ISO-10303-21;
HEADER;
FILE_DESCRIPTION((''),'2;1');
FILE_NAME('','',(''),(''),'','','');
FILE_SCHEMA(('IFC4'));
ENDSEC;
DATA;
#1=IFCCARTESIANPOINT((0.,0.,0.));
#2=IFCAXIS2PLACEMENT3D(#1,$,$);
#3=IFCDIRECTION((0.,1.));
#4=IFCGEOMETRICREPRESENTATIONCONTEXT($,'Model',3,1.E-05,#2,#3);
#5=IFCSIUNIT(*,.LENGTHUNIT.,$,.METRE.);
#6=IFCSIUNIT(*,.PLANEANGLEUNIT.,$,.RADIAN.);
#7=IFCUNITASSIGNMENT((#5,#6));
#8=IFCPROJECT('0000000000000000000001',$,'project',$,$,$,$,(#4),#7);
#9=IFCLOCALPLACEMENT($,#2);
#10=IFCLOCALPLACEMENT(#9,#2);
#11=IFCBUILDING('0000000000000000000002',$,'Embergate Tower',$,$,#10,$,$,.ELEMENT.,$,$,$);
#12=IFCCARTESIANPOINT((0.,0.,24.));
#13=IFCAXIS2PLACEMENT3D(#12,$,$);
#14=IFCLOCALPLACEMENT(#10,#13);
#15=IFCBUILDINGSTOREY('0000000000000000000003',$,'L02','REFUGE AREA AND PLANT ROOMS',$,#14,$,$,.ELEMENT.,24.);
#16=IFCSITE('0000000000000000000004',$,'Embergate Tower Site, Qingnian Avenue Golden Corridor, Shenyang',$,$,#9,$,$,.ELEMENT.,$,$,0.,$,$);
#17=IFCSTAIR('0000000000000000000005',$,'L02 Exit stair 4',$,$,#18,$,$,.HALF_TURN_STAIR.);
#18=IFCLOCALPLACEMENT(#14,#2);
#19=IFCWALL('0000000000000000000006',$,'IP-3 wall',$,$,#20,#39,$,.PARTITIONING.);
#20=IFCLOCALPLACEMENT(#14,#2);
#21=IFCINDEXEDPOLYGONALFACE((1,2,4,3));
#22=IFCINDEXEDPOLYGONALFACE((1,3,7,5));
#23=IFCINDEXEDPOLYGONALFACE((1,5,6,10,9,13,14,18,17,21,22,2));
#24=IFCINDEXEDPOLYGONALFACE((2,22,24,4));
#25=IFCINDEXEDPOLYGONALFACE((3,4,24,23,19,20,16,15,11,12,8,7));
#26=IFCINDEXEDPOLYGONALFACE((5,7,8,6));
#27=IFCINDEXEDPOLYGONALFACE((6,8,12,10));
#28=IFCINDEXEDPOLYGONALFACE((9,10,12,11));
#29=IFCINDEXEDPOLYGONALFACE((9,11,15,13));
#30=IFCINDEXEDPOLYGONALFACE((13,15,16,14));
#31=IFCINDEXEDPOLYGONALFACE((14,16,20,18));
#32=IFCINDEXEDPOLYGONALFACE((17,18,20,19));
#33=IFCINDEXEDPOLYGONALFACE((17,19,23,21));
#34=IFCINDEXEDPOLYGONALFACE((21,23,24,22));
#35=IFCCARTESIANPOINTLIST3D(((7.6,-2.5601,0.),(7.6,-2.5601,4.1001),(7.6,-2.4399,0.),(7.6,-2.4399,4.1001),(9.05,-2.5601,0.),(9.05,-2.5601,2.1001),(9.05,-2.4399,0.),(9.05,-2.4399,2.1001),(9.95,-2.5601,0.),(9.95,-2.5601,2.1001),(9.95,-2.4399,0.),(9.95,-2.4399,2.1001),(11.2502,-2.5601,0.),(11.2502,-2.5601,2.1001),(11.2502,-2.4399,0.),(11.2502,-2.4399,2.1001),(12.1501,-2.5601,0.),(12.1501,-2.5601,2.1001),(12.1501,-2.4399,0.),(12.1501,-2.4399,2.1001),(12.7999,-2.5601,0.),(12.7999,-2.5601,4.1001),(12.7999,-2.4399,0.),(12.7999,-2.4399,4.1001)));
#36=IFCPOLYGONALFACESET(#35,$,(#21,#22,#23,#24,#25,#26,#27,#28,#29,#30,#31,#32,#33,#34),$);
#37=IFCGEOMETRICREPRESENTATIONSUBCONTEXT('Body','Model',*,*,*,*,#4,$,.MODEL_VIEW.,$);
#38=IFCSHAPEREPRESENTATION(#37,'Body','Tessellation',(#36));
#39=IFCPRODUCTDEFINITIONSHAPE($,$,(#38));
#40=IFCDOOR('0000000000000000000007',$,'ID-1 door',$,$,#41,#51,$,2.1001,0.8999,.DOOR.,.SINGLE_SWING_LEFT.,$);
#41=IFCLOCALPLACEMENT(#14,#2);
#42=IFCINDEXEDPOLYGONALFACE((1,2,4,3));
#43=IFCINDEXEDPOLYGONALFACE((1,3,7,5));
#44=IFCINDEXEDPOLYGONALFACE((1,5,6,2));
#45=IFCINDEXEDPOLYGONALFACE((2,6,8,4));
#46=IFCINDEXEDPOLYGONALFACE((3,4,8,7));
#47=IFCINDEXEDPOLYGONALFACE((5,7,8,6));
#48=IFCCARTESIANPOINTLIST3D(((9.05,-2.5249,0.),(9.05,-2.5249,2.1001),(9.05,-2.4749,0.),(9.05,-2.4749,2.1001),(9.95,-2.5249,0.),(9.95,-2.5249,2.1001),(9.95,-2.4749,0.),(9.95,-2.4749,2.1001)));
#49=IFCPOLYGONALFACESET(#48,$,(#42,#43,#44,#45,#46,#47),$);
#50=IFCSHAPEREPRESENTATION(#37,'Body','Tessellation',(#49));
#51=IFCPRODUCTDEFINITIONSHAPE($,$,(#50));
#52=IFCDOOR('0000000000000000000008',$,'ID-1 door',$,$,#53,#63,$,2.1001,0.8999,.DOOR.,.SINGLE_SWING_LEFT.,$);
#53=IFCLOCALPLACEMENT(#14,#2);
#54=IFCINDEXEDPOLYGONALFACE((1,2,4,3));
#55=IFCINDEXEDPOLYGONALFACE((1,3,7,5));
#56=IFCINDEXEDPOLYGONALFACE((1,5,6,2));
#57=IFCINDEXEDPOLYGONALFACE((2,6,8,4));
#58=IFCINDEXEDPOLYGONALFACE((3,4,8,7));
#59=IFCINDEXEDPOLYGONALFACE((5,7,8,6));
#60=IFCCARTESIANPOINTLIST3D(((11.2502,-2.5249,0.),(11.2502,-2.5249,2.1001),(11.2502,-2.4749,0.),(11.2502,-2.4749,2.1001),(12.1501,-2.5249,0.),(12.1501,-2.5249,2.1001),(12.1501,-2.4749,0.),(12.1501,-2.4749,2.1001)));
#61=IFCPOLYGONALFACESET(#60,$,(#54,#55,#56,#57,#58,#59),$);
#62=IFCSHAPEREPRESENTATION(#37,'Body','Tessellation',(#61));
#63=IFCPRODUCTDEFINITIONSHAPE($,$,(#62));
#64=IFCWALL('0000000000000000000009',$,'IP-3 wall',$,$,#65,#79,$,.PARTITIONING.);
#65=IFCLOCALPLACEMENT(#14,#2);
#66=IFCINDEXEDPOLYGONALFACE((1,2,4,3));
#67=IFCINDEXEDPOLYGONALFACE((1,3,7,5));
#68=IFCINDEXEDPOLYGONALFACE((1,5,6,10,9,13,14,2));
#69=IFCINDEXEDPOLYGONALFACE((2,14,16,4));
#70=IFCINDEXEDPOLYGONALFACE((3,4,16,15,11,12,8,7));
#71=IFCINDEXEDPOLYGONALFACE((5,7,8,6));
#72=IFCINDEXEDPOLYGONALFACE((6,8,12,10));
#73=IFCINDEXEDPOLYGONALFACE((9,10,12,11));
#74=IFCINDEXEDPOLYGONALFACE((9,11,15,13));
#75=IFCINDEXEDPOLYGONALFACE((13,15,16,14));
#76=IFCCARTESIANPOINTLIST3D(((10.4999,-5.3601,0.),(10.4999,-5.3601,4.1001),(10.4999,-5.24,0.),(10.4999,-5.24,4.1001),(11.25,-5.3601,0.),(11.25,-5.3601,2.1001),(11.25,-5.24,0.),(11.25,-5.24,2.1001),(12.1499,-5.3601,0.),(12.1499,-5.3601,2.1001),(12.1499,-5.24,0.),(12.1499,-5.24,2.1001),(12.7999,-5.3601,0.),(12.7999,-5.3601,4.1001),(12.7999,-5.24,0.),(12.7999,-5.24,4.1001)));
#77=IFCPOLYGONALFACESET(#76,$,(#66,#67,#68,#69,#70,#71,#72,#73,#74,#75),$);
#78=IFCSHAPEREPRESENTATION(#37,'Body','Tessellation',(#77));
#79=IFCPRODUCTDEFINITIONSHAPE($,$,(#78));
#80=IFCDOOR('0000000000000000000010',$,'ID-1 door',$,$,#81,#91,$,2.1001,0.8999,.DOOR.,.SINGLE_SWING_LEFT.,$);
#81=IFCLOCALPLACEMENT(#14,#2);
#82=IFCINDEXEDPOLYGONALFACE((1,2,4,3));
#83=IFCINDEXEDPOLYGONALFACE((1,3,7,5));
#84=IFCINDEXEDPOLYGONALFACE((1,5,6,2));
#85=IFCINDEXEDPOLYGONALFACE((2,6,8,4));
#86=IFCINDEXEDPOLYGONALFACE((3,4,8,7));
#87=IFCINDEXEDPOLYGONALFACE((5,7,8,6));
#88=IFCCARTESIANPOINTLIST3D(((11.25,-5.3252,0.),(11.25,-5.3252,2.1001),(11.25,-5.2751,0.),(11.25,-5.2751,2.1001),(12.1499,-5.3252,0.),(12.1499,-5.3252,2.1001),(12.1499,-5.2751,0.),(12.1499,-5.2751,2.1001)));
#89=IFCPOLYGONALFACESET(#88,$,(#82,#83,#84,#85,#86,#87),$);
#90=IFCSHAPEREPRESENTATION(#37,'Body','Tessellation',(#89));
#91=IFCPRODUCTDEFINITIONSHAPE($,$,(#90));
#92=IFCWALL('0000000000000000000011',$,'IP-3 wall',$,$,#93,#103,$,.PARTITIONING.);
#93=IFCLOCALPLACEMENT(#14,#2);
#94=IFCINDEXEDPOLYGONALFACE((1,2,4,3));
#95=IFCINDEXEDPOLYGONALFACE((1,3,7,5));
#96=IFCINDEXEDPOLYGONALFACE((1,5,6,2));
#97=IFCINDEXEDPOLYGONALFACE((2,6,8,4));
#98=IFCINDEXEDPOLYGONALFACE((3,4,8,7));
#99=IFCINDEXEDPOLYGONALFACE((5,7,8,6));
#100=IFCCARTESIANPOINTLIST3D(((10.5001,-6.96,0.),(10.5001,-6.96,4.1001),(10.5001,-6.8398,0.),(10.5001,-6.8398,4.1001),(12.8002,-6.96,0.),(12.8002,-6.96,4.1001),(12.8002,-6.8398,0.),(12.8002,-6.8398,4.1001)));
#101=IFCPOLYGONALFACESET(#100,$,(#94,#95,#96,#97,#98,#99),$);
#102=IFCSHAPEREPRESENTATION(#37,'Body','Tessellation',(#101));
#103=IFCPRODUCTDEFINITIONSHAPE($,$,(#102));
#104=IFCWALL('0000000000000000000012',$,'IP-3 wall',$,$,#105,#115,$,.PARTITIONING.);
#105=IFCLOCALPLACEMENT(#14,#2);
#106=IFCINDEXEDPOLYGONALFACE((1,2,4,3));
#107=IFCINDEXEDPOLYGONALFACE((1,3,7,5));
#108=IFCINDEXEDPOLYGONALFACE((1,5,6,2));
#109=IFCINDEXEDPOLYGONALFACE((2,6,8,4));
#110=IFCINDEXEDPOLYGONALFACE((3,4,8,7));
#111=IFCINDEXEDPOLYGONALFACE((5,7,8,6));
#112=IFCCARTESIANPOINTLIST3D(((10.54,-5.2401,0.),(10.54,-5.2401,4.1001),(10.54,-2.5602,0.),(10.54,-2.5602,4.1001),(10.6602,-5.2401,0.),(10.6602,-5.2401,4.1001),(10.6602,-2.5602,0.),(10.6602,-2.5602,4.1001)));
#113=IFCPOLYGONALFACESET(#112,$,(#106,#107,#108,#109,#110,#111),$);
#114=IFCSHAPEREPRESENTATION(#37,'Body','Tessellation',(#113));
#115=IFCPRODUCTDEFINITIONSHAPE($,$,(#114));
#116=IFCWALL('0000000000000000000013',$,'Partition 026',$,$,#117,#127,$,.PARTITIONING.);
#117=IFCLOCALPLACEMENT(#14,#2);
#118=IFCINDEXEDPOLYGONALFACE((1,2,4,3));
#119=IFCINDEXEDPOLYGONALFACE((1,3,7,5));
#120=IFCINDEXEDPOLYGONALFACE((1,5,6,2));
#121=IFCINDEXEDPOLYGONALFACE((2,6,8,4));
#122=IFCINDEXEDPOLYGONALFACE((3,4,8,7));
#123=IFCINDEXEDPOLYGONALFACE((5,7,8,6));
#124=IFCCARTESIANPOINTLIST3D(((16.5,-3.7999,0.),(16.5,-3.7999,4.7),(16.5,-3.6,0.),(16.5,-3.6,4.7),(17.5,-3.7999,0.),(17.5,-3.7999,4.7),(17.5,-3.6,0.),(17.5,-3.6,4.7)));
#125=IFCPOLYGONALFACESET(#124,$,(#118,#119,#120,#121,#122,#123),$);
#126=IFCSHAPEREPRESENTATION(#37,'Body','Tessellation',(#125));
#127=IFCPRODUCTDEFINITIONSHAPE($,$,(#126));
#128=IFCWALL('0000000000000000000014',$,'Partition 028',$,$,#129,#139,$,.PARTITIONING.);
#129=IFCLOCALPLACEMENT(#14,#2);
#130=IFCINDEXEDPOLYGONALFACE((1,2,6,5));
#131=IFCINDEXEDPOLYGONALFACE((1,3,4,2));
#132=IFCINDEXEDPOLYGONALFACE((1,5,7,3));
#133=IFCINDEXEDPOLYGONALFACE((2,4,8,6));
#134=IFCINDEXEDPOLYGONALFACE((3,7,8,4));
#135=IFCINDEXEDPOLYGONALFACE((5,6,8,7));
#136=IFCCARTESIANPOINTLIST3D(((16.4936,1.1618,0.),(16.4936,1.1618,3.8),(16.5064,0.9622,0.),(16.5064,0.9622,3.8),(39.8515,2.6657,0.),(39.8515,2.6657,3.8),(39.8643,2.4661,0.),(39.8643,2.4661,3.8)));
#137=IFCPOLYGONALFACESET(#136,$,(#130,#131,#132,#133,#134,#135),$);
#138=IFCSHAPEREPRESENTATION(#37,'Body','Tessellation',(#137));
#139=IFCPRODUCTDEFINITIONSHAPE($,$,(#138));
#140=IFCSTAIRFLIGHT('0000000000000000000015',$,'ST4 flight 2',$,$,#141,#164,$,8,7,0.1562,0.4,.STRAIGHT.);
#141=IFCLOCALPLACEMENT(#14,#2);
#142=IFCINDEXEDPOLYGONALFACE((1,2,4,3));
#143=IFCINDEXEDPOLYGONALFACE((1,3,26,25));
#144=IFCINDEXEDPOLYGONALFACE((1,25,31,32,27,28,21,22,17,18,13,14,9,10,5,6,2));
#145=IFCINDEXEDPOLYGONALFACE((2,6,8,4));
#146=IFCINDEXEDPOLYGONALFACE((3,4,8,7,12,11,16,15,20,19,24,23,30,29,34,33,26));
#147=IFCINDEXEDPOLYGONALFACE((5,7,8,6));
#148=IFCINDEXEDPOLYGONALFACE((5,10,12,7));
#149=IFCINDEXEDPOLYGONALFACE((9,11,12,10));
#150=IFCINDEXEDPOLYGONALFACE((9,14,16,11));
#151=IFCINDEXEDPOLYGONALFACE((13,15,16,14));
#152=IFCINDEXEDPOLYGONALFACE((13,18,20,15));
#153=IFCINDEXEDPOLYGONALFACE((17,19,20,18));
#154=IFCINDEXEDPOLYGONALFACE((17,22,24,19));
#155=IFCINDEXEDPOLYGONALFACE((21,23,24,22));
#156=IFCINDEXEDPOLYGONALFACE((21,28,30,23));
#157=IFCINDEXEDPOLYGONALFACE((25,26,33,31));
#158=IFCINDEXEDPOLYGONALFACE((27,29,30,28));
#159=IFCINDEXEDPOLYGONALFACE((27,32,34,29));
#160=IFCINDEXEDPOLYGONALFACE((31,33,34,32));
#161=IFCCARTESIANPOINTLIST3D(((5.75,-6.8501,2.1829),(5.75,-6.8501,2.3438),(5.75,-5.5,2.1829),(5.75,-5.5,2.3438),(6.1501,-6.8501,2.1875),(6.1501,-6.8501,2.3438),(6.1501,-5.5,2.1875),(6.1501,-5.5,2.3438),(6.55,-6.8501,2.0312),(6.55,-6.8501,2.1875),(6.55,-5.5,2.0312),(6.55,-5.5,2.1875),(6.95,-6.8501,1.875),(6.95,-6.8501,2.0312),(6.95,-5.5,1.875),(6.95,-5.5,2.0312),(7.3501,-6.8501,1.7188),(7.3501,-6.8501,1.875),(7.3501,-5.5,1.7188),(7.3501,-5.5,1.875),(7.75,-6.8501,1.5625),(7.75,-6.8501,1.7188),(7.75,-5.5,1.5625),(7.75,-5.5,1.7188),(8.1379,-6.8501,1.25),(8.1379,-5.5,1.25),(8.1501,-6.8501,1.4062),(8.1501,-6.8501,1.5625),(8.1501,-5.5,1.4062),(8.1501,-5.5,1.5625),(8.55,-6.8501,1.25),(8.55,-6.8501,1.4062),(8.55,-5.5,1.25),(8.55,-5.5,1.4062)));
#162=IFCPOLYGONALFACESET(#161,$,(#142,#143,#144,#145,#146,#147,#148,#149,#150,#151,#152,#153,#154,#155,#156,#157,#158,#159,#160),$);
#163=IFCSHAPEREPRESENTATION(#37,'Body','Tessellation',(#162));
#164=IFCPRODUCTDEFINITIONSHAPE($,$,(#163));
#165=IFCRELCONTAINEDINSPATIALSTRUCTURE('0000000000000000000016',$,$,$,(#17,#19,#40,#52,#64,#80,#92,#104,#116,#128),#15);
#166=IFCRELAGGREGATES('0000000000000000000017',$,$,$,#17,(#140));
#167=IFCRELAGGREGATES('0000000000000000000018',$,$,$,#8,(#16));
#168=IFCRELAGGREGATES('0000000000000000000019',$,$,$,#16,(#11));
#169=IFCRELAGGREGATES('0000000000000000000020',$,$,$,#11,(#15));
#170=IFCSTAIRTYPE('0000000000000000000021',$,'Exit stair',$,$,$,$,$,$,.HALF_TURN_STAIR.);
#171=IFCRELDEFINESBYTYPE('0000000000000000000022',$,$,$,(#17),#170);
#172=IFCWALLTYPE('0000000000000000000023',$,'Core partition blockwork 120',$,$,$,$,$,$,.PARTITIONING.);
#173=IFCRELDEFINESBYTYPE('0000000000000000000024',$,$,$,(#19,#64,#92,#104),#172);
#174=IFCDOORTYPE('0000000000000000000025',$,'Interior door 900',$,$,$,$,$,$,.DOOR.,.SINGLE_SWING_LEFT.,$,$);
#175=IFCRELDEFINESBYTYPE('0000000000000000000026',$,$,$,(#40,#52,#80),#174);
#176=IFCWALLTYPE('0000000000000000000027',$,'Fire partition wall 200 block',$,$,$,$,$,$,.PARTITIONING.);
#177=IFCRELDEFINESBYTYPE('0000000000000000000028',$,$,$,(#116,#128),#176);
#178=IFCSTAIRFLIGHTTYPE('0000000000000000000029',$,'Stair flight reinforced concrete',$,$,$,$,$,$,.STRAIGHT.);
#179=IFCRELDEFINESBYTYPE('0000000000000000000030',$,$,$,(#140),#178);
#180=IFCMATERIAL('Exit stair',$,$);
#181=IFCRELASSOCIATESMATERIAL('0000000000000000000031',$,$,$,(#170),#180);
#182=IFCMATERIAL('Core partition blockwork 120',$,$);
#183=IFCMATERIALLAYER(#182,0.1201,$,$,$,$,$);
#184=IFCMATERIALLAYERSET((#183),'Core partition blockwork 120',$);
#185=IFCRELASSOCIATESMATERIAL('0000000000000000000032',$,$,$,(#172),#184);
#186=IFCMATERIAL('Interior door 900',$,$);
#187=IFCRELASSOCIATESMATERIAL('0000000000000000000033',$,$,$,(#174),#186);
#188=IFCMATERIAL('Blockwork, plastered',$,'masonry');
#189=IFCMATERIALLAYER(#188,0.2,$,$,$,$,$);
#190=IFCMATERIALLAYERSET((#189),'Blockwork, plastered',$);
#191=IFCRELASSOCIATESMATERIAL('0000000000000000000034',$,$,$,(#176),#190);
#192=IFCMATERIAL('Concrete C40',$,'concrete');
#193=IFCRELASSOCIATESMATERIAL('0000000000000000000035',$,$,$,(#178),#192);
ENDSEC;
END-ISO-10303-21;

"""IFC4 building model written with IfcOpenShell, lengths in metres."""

from ifc_helpers import new_model, si_unit, direction, frame, frame_2d, origin, place, context, subcontext, project, spatial, polyline, rectangle, outline, extrude, source, transform, mapped, material, layer, layer_set, type_object, element, fill, aggregate, save


model = new_model("IFC4")

# Units and contexts
model_context = context("Model", 3, precision=1e-05, world=origin(), true_north=direction((0.0, 1.0)))
body_context = subcontext(model_context, "Body", "Model", "MODEL_VIEW")
ifc_project = project(units=[si_unit("LENGTHUNIT", "METRE"), si_unit("PLANEANGLEUNIT", "RADIAN")], contexts=[model_context])

# Site, building, storey
site_placement = place(None, origin())
site = spatial("IfcSite", under=ifc_project, at=site_placement, Name="Embergate Tower Site, Qingnian Avenue Golden Corridor, Shenyang", CompositionType="ELEMENT", RefElevation=0.0)
building_placement = place(site_placement, origin())
building = spatial("IfcBuilding", under=site, at=building_placement, Name="Embergate Tower", CompositionType="ELEMENT")
storey_placement = place(building_placement, frame((0.0, 0.0, 24.0)))
storey = spatial("IfcBuildingStorey", under=building, at=storey_placement, Name="L02", Description="REFUGE AREA AND PLANT ROOMS", CompositionType="ELEMENT", Elevation=24.0)

# Stair
ifc_material_1 = material(Name="Exit stair")
stair_type = type_object("IfcStairType", Name="Exit stair", PredefinedType="HALF_TURN_STAIR", material=ifc_material_1)
stair_placement = place(storey_placement, origin())
stair = element("IfcStair", 1, at=stair_placement, inside=storey, type_object=stair_type, Name="L02 Exit stair 4", PredefinedType="HALF_TURN_STAIR")
ifc_material_2 = material(Name="Concrete C40", Category="concrete")

# Shared definitions
ifc_material_3 = material(Name="Core partition blockwork 120")
ifc_layer_1 = layer(ifc_material_3, 0.1201)
ifc_layer_set_1 = layer_set([ifc_layer_1], Name="Core partition blockwork 120")
wall_type_1 = type_object("IfcWallType", Name="Core partition blockwork 120", PredefinedType="PARTITIONING", material=ifc_layer_set_1)
shared_shape_1 = source(origin(), body_context, "Body", "SweptSolid", [
    extrude(rectangle(XDim=0.8999, YDim=2.1001, at=frame_2d((0.45, 1.05))), frame((0.0, 0.0701, 0.0), z_axis=(0.0, -1.0, 0.0), x_axis=(1.0, 0.0, 0.0)), (0.0, 0.0, 1.0), 0.1401),
])
ifc_material_4 = material(Name="Interior door 900")
door_type_1 = type_object("IfcDoorType", Name="Interior door 900", OperationType="SINGLE_SWING_LEFT", PredefinedType="DOOR", material=ifc_material_4)
shared_shape_2 = source(origin(), body_context, "Body", "SweptSolid", [
    extrude(rectangle(XDim=0.8999, YDim=2.1001, at=frame_2d((0.45, 1.05))), frame((0.0, 0.0249, 0.0), z_axis=(0.0, -1.0, 0.0), x_axis=(1.0, 0.0, 0.0)), (0.0, 0.0, 1.0), 0.05),
])

# Wall, openings, doors
shared_shape_3 = source(origin(), body_context, "Body", "SweptSolid", [
    extrude(rectangle(XDim=5.2, YDim=0.1201, at=frame_2d((2.6001, 0.0))), origin(), (0.0, 0.0, 1.0), 4.1001),
])
wall_1_placement = place(storey_placement, frame((12.8, -2.5, 0.0), z_axis=(0.0, 0.0, 1.0), x_axis=(-1.0, 0.0, 0.0)))
wall_1 = element("IfcWall", 2, at=wall_1_placement, inside=storey, type_object=wall_type_1, Name="IP-3 wall", PredefinedType="PARTITIONING", context=body_context, shape_type="MappedRepresentation", body=[
    mapped(shared_shape_3, transform((0.0, 0.0, 0.0))),
])
opening_1_placement = place(wall_1_placement, frame((2.8501, 0.0, 0.0)))
opening_1 = element("IfcOpeningElement", 3, at=opening_1_placement, cuts=wall_1, PredefinedType="OPENING", context=body_context, shape_type="MappedRepresentation", body=[
    mapped(shared_shape_1, transform((0.0, 0.0, 0.0))),
])
opening_2_placement = place(wall_1_placement, frame((0.6499, 0.0, 0.0)))
opening_2 = element("IfcOpeningElement", 4, at=opening_2_placement, cuts=wall_1, PredefinedType="OPENING", context=body_context, shape_type="MappedRepresentation", body=[
    mapped(shared_shape_1, transform((0.0, 0.0, 0.0))),
])
door_1_placement = place(opening_1_placement, origin())
door_1 = element("IfcDoor", 5, at=door_1_placement, inside=storey, type_object=door_type_1, Name="ID-1 door", OperationType="SINGLE_SWING_LEFT", OverallHeight=2.1001, OverallWidth=0.8999, PredefinedType="DOOR", context=body_context, shape_type="MappedRepresentation", body=[
    mapped(shared_shape_2, transform((0.0, 0.0, 0.0))),
])
fill(opening_1, door_1)
door_2_placement = place(opening_2_placement, origin())
door_2 = element("IfcDoor", 6, at=door_2_placement, inside=storey, type_object=door_type_1, Name="ID-1 door", OperationType="SINGLE_SWING_LEFT", OverallHeight=2.1001, OverallWidth=0.8999, PredefinedType="DOOR", context=body_context, shape_type="MappedRepresentation", body=[
    mapped(shared_shape_2, transform((0.0, 0.0, 0.0))),
])
fill(opening_2, door_2)

# Wall, opening, door
shared_shape_4 = source(origin(), body_context, "Body", "SweptSolid", [
    extrude(rectangle(XDim=2.3, YDim=0.1201, at=frame_2d((1.1499, 0.0))), origin(), (0.0, 0.0, 1.0), 4.1001),
])
wall_2_placement = place(storey_placement, frame((10.5, -5.3, 0.0), z_axis=(0.0, 0.0, 1.0), x_axis=(1.0, 0.0, 0.0)))
wall_2 = element("IfcWall", 7, at=wall_2_placement, inside=storey, type_object=wall_type_1, Name="IP-3 wall", PredefinedType="PARTITIONING", context=body_context, shape_type="MappedRepresentation", body=[
    mapped(shared_shape_4, transform((0.0, 0.0, 0.0))),
])
opening_3_placement = place(wall_2_placement, frame((0.75, 0.0, 0.0)))
opening_3 = element("IfcOpeningElement", 8, at=opening_3_placement, cuts=wall_2, PredefinedType="OPENING", context=body_context, shape_type="MappedRepresentation", body=[
    mapped(shared_shape_1, transform((0.0, 0.0, 0.0))),
])
door_3_placement = place(opening_3_placement, origin())
door_3 = element("IfcDoor", 9, at=door_3_placement, inside=storey, type_object=door_type_1, Name="ID-1 door", OperationType="SINGLE_SWING_LEFT", OverallHeight=2.1001, OverallWidth=0.8999, PredefinedType="DOOR", context=body_context, shape_type="MappedRepresentation", body=[
    mapped(shared_shape_2, transform((0.0, 0.0, 0.0))),
])
fill(opening_3, door_3)

# Walls
wall_3_placement = place(storey_placement, frame((12.8, -6.8999, 0.0), z_axis=(0.0, 0.0, 1.0), x_axis=(-1.0, 0.0, 0.0)))
element("IfcWall", 10, at=wall_3_placement, inside=storey, type_object=wall_type_1, Name="IP-3 wall", PredefinedType="PARTITIONING", context=body_context, shape_type="MappedRepresentation", body=[
    mapped(shared_shape_4, transform((0.0, 0.0, 0.0))),
])
shared_shape_5 = source(origin(), body_context, "Body", "SweptSolid", [
    extrude(rectangle(XDim=2.6799, YDim=0.1201, at=frame_2d((1.3398, 0.0))), origin(), (0.0, 0.0, 1.0), 4.1001),
])
wall_4_placement = place(storey_placement, frame((10.6001, -5.24, 0.0), z_axis=(0.0, 0.0, 1.0), x_axis=(0.0, 1.0, 0.0)))
element("IfcWall", 11, at=wall_4_placement, inside=storey, type_object=wall_type_1, Name="IP-3 wall", PredefinedType="PARTITIONING", context=body_context, shape_type="MappedRepresentation", body=[
    mapped(shared_shape_5, transform((0.0, 0.0, 0.0))),
])
ifc_material_5 = material(Name="Blockwork, plastered", Category="masonry")
ifc_layer_2 = layer(ifc_material_5, 0.2)
ifc_layer_set_2 = layer_set([ifc_layer_2], Name="Blockwork, plastered")
wall_type_2 = type_object("IfcWallType", Name="Fire partition wall 200 block", PredefinedType="PARTITIONING", material=ifc_layer_set_2)
shared_shape_6 = source(origin(), body_context, "Body", "SweptSolid", [
    extrude(rectangle(XDim=1.0, YDim=0.2, at=frame_2d((0.5, 0.0))), origin(), (0.0, 0.0, 1.0), 4.7),
])
wall_5_placement = place(storey_placement, frame((16.5, -3.7, 0.0), z_axis=(0.0, 0.0, 1.0), x_axis=(1.0, 0.0, 0.0)))
element("IfcWall", 12, at=wall_5_placement, inside=storey, type_object=wall_type_2, Name="Partition 026", PredefinedType="PARTITIONING", context=body_context, shape_type="MappedRepresentation", body=[
    mapped(shared_shape_6, transform((0.0, 0.0, 0.0))),
])
shared_shape_7 = source(origin(), body_context, "Body", "SweptSolid", [
    extrude(rectangle(XDim=23.4062, YDim=0.2, at=frame_2d((11.7031, 0.0))), origin(), (0.0, 0.0, 1.0), 3.8),
])
wall_6_placement = place(storey_placement, frame((16.5, 1.062, 0.0), z_axis=(0.0, 0.0, 1.0), x_axis=(0.997934, 0.064252, 0.0)))
element("IfcWall", 13, at=wall_6_placement, inside=storey, type_object=wall_type_2, Name="Partition 028", PredefinedType="PARTITIONING", context=body_context, shape_type="MappedRepresentation", body=[
    mapped(shared_shape_7, transform((0.0, 0.0, 0.0))),
])

# Stair flight
stair_flight_type = type_object("IfcStairFlightType", Name="Stair flight reinforced concrete", PredefinedType="STRAIGHT", material=ifc_material_2)
shared_shape_8 = source(origin(), body_context, "Body", "SweptSolid", [
    extrude(outline(polyline([(0.0, 0.0), (0.0, 0.1562), (0.3999, 0.1562), (0.3999, 0.3125), (0.8, 0.3125), (0.8, 0.4688), (1.2, 0.4688), (1.2, 0.625), (1.6001, 0.625), (1.6001, 0.7812), (2.0, 0.7812), (2.0, 0.9375), (2.3999, 0.9375), (2.3999, 1.0938), (2.8, 1.0938), (2.8, 1.25), (2.8, 0.9329), (0.4121, 0.0), (0.0, 0.0)])), frame((0.0, 0.675, 0.0), z_axis=(0.0, -1.0, 0.0), x_axis=(1.0, 0.0, 0.0)), (0.0, 0.0, 1.0), 1.3501),
])
stair_flight_1_placement = place(storey_placement, frame((8.55, -6.175, 1.25), z_axis=(0.0, 0.0, 1.0), x_axis=(-1.0, 0.0, 0.0)))
stair_flight_1 = element("IfcStairFlight", 14, at=stair_flight_1_placement, type_object=stair_flight_type, Name="ST4 flight 2", NumberOfRisers=8, NumberOfTreads=7, PredefinedType="STRAIGHT", RiserHeight=0.1562, TreadLength=0.4, context=body_context, shape_type="MappedRepresentation", body=[
    mapped(shared_shape_8, transform((0.0, 0.0, 0.0))),
])
aggregate(stair, [stair_flight_1])

save(model, "model.ifc")
